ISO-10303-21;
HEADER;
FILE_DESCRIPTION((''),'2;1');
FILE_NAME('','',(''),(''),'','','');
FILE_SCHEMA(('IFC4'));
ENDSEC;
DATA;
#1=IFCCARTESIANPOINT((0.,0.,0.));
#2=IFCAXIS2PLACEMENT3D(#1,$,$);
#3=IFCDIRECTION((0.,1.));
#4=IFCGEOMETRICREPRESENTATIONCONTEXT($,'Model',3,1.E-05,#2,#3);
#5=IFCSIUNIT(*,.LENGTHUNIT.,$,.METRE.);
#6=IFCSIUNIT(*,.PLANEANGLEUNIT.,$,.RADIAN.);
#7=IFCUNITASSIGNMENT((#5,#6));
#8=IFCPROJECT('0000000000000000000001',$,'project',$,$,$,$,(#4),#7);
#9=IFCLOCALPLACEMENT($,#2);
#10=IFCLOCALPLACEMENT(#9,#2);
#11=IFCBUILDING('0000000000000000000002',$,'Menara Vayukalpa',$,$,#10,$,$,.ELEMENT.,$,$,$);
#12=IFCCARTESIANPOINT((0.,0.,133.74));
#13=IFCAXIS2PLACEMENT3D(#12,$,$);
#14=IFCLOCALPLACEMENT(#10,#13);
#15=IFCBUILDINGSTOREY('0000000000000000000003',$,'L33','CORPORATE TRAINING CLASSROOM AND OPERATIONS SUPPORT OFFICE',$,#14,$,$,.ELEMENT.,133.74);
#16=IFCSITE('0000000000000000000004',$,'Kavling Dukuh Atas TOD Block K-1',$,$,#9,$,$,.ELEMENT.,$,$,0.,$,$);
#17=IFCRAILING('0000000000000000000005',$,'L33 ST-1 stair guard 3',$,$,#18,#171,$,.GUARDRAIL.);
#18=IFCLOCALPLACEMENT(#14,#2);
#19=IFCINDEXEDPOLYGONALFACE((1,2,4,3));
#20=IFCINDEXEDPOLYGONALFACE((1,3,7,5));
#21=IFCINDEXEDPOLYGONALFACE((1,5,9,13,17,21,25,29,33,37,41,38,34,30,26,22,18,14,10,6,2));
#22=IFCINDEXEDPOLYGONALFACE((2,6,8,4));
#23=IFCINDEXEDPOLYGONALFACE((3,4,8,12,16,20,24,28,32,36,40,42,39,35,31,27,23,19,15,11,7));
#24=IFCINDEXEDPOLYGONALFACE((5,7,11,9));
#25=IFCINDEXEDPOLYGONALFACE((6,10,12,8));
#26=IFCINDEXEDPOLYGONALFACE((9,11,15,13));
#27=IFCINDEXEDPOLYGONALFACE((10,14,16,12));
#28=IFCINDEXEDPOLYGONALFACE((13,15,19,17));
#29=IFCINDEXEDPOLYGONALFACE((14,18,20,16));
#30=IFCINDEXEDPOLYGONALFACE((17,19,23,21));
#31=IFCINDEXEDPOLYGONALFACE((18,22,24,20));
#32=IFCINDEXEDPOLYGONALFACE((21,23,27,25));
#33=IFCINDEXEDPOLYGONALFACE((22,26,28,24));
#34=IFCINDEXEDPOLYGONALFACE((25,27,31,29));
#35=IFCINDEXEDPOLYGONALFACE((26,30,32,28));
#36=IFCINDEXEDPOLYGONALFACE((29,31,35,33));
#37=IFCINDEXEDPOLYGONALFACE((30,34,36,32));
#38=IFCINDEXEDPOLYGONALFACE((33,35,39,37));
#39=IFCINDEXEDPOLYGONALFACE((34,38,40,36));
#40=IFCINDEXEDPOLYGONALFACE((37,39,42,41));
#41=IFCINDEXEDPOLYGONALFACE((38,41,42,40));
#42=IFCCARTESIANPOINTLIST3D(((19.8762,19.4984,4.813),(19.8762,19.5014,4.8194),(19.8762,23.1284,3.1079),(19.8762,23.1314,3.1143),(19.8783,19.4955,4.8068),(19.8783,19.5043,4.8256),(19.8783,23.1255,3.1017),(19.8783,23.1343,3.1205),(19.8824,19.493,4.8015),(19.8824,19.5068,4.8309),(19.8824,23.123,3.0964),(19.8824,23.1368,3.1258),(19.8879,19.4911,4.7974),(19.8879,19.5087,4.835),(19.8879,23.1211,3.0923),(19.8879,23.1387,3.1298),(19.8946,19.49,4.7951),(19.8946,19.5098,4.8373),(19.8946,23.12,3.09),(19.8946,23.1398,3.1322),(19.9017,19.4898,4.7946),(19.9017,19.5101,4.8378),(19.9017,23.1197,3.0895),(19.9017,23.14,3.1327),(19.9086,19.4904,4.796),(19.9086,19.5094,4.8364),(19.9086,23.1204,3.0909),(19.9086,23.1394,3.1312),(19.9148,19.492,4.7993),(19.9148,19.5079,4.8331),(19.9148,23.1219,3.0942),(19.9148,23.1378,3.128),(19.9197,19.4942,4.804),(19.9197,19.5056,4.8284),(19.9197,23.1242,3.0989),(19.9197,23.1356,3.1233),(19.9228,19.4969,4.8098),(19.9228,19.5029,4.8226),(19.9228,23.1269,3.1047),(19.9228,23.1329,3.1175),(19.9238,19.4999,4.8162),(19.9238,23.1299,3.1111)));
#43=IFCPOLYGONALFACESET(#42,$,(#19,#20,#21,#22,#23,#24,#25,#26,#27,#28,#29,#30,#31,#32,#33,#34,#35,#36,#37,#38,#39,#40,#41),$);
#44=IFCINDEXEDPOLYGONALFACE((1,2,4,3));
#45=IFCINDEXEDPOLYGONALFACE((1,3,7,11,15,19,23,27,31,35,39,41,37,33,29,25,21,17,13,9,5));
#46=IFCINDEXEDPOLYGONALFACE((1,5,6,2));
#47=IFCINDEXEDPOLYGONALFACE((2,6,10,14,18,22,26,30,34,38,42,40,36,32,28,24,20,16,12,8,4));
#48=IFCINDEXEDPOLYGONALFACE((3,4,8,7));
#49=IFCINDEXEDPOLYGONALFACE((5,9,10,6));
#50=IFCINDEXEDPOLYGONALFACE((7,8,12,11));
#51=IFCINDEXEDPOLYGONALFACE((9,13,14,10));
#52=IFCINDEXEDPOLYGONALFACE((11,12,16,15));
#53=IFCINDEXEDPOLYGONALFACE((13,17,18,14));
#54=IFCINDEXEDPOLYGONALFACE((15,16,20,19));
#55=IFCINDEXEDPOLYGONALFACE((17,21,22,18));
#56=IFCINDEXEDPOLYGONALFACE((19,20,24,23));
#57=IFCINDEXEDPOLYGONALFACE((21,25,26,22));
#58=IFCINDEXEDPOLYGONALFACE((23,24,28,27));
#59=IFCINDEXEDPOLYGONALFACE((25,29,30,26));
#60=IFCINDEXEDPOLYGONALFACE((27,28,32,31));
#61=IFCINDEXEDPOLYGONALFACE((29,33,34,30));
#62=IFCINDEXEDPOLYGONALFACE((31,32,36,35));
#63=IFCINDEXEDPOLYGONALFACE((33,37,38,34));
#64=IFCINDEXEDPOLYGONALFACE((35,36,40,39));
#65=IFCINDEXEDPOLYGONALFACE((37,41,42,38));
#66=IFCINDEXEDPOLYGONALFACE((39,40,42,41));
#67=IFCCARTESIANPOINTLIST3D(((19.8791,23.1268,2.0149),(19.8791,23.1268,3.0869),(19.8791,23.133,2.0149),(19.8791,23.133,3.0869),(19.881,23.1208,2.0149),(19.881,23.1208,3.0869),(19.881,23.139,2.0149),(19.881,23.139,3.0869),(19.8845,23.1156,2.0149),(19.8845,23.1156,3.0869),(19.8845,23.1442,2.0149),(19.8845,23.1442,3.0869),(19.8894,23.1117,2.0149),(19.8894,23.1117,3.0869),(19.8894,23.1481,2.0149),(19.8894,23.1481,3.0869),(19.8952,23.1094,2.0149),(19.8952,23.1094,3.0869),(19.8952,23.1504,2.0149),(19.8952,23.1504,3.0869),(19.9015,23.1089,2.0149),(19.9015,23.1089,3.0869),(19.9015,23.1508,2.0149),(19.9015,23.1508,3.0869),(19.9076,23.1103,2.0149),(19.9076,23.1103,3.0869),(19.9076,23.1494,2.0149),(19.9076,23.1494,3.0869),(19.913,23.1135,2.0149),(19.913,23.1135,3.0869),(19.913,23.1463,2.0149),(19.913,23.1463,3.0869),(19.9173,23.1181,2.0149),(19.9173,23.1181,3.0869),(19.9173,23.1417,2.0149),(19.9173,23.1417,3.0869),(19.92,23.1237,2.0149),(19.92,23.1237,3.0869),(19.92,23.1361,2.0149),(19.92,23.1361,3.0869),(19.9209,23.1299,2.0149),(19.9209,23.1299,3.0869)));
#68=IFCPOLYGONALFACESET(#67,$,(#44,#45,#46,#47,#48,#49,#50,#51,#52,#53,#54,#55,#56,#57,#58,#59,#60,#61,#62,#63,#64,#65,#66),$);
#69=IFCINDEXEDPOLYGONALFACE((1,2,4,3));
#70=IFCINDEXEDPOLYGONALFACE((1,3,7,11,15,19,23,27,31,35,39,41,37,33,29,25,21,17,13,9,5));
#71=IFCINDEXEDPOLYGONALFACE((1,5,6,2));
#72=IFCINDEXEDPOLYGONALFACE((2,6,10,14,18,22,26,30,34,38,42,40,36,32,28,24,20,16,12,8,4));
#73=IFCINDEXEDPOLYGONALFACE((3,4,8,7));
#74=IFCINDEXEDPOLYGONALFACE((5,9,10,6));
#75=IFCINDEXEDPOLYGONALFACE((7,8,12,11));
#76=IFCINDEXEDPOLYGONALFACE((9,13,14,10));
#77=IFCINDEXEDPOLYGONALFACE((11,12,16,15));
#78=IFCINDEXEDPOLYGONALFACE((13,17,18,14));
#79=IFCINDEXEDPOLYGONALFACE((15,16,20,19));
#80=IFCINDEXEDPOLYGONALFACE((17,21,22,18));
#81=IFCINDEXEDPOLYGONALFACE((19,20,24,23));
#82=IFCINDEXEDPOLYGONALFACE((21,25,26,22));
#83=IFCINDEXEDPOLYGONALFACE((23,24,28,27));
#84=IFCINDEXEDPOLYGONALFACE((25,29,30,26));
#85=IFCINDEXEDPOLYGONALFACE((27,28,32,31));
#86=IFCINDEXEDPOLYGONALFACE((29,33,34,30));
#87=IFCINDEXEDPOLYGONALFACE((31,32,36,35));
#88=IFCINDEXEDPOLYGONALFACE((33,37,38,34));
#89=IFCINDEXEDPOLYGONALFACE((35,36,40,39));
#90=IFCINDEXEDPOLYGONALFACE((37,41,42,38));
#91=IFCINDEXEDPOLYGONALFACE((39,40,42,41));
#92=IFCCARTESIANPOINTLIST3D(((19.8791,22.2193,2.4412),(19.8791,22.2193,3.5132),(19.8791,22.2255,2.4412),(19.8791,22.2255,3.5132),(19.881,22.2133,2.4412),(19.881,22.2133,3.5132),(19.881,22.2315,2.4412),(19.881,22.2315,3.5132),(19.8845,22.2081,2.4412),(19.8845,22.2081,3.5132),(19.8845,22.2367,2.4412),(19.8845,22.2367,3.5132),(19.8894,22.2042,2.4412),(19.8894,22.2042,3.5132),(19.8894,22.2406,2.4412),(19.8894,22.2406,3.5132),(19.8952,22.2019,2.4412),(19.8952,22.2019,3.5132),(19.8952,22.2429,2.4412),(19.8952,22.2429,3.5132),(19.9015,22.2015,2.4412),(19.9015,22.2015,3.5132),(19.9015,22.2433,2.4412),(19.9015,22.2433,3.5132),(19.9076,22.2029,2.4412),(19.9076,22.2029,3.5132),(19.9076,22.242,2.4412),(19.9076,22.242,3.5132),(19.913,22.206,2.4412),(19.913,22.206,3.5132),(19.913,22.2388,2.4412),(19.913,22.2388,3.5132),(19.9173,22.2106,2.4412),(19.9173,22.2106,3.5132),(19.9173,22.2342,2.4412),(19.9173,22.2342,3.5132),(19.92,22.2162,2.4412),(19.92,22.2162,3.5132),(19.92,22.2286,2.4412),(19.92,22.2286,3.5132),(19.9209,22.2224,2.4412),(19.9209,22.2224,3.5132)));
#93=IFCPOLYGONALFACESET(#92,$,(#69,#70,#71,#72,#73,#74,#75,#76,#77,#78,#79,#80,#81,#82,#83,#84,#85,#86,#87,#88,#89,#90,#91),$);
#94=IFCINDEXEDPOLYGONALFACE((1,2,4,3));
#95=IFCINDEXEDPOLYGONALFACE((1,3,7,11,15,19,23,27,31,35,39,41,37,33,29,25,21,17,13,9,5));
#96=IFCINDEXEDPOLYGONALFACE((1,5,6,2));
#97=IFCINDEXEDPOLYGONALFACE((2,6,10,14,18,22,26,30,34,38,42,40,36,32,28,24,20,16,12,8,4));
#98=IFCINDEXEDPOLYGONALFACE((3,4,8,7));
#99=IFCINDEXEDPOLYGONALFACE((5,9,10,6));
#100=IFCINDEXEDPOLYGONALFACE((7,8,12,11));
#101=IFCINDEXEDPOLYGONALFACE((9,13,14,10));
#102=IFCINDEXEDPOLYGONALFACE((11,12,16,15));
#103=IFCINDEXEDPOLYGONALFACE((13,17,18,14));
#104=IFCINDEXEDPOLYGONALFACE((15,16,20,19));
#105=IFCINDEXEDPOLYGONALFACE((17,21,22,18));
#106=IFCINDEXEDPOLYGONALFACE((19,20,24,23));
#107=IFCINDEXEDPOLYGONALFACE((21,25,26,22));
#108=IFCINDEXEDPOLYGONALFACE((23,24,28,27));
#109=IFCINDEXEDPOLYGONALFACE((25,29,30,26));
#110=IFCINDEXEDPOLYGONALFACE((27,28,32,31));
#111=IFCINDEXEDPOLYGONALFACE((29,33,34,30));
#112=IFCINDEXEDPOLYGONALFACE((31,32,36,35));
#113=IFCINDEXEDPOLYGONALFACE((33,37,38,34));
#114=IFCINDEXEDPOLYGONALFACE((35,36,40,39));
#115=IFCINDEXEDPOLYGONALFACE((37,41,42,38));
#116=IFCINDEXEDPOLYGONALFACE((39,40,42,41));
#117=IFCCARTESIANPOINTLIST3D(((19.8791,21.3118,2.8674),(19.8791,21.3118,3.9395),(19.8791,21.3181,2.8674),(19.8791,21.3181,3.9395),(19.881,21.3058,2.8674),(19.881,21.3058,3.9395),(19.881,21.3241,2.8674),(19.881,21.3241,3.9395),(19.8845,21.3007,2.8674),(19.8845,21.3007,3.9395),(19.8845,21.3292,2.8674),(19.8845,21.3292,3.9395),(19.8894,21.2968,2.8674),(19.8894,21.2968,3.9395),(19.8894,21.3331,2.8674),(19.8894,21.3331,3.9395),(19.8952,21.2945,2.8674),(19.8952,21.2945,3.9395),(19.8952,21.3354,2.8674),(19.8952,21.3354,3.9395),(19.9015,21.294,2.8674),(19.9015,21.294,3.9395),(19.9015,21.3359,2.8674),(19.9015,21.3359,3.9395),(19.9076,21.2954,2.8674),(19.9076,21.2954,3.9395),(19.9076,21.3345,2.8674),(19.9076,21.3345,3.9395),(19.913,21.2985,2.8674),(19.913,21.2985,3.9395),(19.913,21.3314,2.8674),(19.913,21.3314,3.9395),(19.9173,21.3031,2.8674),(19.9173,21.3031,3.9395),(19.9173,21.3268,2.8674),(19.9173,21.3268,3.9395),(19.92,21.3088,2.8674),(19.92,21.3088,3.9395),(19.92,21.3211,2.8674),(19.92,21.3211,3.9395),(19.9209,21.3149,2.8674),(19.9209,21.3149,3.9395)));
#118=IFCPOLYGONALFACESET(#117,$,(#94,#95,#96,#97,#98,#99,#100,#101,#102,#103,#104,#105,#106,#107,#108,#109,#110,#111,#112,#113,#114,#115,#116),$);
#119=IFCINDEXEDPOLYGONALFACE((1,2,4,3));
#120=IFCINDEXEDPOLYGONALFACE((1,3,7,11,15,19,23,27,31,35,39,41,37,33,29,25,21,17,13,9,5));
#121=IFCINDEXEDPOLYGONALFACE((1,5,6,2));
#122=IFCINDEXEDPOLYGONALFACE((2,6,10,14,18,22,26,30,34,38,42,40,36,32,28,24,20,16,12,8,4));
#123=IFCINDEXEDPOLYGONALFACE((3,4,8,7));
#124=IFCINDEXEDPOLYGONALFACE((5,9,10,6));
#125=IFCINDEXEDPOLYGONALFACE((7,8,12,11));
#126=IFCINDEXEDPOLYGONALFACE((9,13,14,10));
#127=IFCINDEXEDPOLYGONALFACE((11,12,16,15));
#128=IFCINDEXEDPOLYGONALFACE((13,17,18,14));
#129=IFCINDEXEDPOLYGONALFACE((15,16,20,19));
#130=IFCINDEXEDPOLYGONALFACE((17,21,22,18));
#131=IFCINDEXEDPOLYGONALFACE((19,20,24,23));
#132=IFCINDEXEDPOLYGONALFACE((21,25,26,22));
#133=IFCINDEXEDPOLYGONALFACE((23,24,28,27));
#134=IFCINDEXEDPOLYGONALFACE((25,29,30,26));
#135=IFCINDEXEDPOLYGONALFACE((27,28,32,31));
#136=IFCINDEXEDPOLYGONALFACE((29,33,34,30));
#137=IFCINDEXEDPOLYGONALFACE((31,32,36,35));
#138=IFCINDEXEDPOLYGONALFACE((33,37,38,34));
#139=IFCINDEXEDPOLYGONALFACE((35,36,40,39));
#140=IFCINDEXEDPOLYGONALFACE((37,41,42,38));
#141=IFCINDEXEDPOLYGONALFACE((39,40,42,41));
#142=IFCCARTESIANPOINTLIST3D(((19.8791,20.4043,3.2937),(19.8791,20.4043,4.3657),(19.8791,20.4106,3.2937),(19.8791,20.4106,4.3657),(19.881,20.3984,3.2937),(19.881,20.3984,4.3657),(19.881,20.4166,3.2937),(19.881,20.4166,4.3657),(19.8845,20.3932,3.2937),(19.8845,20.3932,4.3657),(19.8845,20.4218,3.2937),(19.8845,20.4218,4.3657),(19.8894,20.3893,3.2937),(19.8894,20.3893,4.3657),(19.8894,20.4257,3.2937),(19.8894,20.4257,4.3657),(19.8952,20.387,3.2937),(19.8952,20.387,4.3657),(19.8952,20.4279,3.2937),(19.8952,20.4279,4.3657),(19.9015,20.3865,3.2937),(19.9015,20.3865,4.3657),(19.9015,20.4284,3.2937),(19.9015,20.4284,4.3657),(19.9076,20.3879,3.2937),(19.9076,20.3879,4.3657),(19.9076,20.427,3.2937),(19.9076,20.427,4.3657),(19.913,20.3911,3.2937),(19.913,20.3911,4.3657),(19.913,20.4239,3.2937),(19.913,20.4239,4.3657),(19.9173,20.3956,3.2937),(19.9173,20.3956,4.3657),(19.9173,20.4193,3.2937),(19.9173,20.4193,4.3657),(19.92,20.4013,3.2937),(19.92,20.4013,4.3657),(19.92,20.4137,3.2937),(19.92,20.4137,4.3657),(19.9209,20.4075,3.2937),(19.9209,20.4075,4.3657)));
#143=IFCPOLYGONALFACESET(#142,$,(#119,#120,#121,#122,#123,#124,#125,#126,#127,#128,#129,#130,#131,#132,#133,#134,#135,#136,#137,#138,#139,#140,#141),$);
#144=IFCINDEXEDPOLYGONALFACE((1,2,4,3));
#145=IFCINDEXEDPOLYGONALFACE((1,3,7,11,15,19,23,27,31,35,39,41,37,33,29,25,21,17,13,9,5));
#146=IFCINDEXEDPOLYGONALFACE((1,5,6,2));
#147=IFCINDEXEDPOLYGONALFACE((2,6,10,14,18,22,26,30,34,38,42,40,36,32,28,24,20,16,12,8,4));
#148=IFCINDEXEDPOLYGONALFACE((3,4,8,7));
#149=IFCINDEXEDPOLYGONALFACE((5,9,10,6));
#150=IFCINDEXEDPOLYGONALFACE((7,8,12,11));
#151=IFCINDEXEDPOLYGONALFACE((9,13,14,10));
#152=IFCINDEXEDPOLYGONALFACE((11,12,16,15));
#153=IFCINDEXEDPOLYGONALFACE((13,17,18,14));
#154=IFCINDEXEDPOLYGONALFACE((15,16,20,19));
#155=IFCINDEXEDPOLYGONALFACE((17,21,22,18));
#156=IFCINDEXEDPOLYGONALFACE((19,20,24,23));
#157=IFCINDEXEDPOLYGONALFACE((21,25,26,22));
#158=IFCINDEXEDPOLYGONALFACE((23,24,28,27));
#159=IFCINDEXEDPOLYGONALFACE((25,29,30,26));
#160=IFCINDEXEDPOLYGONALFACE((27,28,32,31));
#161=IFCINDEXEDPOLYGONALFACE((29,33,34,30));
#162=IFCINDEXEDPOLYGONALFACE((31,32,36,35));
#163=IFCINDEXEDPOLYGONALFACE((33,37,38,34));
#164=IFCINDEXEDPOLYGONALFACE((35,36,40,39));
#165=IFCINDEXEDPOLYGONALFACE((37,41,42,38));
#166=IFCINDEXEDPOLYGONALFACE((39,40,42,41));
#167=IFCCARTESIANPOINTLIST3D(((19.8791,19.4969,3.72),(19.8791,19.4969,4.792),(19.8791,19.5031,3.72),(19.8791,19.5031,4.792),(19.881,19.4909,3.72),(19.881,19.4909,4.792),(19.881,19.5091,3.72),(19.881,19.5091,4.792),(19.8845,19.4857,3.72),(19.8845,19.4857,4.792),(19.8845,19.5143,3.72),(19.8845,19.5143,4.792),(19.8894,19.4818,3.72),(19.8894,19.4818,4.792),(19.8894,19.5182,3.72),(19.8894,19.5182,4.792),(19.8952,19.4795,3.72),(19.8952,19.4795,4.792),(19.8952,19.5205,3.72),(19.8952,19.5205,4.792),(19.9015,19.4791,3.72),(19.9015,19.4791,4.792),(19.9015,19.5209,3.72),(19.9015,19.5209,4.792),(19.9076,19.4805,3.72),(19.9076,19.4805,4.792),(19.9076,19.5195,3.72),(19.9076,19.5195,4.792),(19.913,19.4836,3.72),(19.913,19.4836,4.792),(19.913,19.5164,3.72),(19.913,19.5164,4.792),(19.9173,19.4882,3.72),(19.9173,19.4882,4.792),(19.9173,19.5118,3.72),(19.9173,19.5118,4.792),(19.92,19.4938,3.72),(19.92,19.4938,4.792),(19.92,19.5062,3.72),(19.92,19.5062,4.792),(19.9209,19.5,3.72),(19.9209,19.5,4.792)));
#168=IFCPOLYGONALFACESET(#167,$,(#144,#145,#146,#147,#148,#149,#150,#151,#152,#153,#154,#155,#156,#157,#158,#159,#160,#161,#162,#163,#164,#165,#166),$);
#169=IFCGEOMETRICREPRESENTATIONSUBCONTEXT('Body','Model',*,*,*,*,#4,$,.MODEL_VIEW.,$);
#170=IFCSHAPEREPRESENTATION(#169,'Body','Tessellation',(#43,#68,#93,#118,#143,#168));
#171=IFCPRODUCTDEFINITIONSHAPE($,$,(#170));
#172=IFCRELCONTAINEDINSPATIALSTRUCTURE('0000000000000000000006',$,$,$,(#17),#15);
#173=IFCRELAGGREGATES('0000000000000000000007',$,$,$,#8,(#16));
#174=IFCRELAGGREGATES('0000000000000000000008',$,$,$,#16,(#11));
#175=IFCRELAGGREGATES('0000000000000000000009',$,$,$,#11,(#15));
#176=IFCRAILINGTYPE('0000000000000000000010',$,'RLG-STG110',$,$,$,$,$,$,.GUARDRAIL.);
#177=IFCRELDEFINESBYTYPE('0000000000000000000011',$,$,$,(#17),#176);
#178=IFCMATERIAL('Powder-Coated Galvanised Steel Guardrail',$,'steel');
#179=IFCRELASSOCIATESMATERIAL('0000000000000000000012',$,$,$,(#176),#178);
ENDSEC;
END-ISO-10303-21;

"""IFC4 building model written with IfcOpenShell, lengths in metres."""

from ifc_helpers import new_model, si_unit, direction, frame, origin, origin_2d, place, context, subcontext, project, spatial, circle, extrude, material, type_object, element, save


model = new_model("IFC4")

# Units and contexts
model_context = context("Model", 3, precision=1e-05, world=origin(), true_north=direction((0.0, 1.0)))
body_context = subcontext(model_context, "Body", "Model", "MODEL_VIEW")
ifc_project = project(units=[si_unit("LENGTHUNIT", "METRE"), si_unit("PLANEANGLEUNIT", "RADIAN")], contexts=[model_context])

# Site, building, storey
site_placement = place(None, origin())
site = spatial("IfcSite", under=ifc_project, at=site_placement, Name="Kavling Dukuh Atas TOD Block K-1", CompositionType="ELEMENT", RefElevation=0.0)
building_placement = place(site_placement, origin())
building = spatial("IfcBuilding", under=site, at=building_placement, Name="Menara Vayukalpa", CompositionType="ELEMENT")
storey_placement = place(building_placement, frame((0.0, 0.0, 133.74)))
storey = spatial("IfcBuildingStorey", under=building, at=storey_placement, Name="L33", Description="CORPORATE TRAINING CLASSROOM AND OPERATIONS SUPPORT OFFICE", CompositionType="ELEMENT", Elevation=133.74)

# Railing
ifc_material_1 = material(Name="Powder-Coated Galvanised Steel Guardrail", Category="steel")
railing_type_1 = type_object("IfcRailingType", Name="RLG-STG110", PredefinedType="GUARDRAIL", material=ifc_material_1)
railing_1_placement = place(storey_placement, frame((19.8999, 23.1299, 2.0149)))
element("IfcRailing", 1, at=railing_1_placement, inside=storey, type_object=railing_type_1, Name="L33 ST-1 stair guard 3", PredefinedType="GUARDRAIL", context=body_context, shape_type="SweptSolid", body=[
    extrude(circle(Radius=0.0239, at=origin_2d()), frame((0.0, 0.0, 1.0962), z_axis=(0.0, -0.905116, 0.425164), x_axis=(1.0, 0.0, 0.0)), (0.0, 0.0, 1.0), 4.0105),
    extrude(circle(Radius=0.021, at=origin_2d()), origin(), (0.0, 0.0, 1.0), 1.072),
    extrude(circle(Radius=0.021, at=origin_2d()), frame((0.0, -0.9075, 0.4263)), (0.0, 0.0, 1.0), 1.072),
    extrude(circle(Radius=0.021, at=origin_2d()), frame((0.0, -1.8149, 0.8525)), (0.0, 0.0, 1.0), 1.072),
    extrude(circle(Radius=0.021, at=origin_2d()), frame((0.0, -2.7224, 1.2788)), (0.0, 0.0, 1.0), 1.072),
    extrude(circle(Radius=0.021, at=origin_2d()), frame((0.0, -3.6299, 1.7051)), (0.0, 0.0, 1.0), 1.072),
])

save(model, "model.ifc")
